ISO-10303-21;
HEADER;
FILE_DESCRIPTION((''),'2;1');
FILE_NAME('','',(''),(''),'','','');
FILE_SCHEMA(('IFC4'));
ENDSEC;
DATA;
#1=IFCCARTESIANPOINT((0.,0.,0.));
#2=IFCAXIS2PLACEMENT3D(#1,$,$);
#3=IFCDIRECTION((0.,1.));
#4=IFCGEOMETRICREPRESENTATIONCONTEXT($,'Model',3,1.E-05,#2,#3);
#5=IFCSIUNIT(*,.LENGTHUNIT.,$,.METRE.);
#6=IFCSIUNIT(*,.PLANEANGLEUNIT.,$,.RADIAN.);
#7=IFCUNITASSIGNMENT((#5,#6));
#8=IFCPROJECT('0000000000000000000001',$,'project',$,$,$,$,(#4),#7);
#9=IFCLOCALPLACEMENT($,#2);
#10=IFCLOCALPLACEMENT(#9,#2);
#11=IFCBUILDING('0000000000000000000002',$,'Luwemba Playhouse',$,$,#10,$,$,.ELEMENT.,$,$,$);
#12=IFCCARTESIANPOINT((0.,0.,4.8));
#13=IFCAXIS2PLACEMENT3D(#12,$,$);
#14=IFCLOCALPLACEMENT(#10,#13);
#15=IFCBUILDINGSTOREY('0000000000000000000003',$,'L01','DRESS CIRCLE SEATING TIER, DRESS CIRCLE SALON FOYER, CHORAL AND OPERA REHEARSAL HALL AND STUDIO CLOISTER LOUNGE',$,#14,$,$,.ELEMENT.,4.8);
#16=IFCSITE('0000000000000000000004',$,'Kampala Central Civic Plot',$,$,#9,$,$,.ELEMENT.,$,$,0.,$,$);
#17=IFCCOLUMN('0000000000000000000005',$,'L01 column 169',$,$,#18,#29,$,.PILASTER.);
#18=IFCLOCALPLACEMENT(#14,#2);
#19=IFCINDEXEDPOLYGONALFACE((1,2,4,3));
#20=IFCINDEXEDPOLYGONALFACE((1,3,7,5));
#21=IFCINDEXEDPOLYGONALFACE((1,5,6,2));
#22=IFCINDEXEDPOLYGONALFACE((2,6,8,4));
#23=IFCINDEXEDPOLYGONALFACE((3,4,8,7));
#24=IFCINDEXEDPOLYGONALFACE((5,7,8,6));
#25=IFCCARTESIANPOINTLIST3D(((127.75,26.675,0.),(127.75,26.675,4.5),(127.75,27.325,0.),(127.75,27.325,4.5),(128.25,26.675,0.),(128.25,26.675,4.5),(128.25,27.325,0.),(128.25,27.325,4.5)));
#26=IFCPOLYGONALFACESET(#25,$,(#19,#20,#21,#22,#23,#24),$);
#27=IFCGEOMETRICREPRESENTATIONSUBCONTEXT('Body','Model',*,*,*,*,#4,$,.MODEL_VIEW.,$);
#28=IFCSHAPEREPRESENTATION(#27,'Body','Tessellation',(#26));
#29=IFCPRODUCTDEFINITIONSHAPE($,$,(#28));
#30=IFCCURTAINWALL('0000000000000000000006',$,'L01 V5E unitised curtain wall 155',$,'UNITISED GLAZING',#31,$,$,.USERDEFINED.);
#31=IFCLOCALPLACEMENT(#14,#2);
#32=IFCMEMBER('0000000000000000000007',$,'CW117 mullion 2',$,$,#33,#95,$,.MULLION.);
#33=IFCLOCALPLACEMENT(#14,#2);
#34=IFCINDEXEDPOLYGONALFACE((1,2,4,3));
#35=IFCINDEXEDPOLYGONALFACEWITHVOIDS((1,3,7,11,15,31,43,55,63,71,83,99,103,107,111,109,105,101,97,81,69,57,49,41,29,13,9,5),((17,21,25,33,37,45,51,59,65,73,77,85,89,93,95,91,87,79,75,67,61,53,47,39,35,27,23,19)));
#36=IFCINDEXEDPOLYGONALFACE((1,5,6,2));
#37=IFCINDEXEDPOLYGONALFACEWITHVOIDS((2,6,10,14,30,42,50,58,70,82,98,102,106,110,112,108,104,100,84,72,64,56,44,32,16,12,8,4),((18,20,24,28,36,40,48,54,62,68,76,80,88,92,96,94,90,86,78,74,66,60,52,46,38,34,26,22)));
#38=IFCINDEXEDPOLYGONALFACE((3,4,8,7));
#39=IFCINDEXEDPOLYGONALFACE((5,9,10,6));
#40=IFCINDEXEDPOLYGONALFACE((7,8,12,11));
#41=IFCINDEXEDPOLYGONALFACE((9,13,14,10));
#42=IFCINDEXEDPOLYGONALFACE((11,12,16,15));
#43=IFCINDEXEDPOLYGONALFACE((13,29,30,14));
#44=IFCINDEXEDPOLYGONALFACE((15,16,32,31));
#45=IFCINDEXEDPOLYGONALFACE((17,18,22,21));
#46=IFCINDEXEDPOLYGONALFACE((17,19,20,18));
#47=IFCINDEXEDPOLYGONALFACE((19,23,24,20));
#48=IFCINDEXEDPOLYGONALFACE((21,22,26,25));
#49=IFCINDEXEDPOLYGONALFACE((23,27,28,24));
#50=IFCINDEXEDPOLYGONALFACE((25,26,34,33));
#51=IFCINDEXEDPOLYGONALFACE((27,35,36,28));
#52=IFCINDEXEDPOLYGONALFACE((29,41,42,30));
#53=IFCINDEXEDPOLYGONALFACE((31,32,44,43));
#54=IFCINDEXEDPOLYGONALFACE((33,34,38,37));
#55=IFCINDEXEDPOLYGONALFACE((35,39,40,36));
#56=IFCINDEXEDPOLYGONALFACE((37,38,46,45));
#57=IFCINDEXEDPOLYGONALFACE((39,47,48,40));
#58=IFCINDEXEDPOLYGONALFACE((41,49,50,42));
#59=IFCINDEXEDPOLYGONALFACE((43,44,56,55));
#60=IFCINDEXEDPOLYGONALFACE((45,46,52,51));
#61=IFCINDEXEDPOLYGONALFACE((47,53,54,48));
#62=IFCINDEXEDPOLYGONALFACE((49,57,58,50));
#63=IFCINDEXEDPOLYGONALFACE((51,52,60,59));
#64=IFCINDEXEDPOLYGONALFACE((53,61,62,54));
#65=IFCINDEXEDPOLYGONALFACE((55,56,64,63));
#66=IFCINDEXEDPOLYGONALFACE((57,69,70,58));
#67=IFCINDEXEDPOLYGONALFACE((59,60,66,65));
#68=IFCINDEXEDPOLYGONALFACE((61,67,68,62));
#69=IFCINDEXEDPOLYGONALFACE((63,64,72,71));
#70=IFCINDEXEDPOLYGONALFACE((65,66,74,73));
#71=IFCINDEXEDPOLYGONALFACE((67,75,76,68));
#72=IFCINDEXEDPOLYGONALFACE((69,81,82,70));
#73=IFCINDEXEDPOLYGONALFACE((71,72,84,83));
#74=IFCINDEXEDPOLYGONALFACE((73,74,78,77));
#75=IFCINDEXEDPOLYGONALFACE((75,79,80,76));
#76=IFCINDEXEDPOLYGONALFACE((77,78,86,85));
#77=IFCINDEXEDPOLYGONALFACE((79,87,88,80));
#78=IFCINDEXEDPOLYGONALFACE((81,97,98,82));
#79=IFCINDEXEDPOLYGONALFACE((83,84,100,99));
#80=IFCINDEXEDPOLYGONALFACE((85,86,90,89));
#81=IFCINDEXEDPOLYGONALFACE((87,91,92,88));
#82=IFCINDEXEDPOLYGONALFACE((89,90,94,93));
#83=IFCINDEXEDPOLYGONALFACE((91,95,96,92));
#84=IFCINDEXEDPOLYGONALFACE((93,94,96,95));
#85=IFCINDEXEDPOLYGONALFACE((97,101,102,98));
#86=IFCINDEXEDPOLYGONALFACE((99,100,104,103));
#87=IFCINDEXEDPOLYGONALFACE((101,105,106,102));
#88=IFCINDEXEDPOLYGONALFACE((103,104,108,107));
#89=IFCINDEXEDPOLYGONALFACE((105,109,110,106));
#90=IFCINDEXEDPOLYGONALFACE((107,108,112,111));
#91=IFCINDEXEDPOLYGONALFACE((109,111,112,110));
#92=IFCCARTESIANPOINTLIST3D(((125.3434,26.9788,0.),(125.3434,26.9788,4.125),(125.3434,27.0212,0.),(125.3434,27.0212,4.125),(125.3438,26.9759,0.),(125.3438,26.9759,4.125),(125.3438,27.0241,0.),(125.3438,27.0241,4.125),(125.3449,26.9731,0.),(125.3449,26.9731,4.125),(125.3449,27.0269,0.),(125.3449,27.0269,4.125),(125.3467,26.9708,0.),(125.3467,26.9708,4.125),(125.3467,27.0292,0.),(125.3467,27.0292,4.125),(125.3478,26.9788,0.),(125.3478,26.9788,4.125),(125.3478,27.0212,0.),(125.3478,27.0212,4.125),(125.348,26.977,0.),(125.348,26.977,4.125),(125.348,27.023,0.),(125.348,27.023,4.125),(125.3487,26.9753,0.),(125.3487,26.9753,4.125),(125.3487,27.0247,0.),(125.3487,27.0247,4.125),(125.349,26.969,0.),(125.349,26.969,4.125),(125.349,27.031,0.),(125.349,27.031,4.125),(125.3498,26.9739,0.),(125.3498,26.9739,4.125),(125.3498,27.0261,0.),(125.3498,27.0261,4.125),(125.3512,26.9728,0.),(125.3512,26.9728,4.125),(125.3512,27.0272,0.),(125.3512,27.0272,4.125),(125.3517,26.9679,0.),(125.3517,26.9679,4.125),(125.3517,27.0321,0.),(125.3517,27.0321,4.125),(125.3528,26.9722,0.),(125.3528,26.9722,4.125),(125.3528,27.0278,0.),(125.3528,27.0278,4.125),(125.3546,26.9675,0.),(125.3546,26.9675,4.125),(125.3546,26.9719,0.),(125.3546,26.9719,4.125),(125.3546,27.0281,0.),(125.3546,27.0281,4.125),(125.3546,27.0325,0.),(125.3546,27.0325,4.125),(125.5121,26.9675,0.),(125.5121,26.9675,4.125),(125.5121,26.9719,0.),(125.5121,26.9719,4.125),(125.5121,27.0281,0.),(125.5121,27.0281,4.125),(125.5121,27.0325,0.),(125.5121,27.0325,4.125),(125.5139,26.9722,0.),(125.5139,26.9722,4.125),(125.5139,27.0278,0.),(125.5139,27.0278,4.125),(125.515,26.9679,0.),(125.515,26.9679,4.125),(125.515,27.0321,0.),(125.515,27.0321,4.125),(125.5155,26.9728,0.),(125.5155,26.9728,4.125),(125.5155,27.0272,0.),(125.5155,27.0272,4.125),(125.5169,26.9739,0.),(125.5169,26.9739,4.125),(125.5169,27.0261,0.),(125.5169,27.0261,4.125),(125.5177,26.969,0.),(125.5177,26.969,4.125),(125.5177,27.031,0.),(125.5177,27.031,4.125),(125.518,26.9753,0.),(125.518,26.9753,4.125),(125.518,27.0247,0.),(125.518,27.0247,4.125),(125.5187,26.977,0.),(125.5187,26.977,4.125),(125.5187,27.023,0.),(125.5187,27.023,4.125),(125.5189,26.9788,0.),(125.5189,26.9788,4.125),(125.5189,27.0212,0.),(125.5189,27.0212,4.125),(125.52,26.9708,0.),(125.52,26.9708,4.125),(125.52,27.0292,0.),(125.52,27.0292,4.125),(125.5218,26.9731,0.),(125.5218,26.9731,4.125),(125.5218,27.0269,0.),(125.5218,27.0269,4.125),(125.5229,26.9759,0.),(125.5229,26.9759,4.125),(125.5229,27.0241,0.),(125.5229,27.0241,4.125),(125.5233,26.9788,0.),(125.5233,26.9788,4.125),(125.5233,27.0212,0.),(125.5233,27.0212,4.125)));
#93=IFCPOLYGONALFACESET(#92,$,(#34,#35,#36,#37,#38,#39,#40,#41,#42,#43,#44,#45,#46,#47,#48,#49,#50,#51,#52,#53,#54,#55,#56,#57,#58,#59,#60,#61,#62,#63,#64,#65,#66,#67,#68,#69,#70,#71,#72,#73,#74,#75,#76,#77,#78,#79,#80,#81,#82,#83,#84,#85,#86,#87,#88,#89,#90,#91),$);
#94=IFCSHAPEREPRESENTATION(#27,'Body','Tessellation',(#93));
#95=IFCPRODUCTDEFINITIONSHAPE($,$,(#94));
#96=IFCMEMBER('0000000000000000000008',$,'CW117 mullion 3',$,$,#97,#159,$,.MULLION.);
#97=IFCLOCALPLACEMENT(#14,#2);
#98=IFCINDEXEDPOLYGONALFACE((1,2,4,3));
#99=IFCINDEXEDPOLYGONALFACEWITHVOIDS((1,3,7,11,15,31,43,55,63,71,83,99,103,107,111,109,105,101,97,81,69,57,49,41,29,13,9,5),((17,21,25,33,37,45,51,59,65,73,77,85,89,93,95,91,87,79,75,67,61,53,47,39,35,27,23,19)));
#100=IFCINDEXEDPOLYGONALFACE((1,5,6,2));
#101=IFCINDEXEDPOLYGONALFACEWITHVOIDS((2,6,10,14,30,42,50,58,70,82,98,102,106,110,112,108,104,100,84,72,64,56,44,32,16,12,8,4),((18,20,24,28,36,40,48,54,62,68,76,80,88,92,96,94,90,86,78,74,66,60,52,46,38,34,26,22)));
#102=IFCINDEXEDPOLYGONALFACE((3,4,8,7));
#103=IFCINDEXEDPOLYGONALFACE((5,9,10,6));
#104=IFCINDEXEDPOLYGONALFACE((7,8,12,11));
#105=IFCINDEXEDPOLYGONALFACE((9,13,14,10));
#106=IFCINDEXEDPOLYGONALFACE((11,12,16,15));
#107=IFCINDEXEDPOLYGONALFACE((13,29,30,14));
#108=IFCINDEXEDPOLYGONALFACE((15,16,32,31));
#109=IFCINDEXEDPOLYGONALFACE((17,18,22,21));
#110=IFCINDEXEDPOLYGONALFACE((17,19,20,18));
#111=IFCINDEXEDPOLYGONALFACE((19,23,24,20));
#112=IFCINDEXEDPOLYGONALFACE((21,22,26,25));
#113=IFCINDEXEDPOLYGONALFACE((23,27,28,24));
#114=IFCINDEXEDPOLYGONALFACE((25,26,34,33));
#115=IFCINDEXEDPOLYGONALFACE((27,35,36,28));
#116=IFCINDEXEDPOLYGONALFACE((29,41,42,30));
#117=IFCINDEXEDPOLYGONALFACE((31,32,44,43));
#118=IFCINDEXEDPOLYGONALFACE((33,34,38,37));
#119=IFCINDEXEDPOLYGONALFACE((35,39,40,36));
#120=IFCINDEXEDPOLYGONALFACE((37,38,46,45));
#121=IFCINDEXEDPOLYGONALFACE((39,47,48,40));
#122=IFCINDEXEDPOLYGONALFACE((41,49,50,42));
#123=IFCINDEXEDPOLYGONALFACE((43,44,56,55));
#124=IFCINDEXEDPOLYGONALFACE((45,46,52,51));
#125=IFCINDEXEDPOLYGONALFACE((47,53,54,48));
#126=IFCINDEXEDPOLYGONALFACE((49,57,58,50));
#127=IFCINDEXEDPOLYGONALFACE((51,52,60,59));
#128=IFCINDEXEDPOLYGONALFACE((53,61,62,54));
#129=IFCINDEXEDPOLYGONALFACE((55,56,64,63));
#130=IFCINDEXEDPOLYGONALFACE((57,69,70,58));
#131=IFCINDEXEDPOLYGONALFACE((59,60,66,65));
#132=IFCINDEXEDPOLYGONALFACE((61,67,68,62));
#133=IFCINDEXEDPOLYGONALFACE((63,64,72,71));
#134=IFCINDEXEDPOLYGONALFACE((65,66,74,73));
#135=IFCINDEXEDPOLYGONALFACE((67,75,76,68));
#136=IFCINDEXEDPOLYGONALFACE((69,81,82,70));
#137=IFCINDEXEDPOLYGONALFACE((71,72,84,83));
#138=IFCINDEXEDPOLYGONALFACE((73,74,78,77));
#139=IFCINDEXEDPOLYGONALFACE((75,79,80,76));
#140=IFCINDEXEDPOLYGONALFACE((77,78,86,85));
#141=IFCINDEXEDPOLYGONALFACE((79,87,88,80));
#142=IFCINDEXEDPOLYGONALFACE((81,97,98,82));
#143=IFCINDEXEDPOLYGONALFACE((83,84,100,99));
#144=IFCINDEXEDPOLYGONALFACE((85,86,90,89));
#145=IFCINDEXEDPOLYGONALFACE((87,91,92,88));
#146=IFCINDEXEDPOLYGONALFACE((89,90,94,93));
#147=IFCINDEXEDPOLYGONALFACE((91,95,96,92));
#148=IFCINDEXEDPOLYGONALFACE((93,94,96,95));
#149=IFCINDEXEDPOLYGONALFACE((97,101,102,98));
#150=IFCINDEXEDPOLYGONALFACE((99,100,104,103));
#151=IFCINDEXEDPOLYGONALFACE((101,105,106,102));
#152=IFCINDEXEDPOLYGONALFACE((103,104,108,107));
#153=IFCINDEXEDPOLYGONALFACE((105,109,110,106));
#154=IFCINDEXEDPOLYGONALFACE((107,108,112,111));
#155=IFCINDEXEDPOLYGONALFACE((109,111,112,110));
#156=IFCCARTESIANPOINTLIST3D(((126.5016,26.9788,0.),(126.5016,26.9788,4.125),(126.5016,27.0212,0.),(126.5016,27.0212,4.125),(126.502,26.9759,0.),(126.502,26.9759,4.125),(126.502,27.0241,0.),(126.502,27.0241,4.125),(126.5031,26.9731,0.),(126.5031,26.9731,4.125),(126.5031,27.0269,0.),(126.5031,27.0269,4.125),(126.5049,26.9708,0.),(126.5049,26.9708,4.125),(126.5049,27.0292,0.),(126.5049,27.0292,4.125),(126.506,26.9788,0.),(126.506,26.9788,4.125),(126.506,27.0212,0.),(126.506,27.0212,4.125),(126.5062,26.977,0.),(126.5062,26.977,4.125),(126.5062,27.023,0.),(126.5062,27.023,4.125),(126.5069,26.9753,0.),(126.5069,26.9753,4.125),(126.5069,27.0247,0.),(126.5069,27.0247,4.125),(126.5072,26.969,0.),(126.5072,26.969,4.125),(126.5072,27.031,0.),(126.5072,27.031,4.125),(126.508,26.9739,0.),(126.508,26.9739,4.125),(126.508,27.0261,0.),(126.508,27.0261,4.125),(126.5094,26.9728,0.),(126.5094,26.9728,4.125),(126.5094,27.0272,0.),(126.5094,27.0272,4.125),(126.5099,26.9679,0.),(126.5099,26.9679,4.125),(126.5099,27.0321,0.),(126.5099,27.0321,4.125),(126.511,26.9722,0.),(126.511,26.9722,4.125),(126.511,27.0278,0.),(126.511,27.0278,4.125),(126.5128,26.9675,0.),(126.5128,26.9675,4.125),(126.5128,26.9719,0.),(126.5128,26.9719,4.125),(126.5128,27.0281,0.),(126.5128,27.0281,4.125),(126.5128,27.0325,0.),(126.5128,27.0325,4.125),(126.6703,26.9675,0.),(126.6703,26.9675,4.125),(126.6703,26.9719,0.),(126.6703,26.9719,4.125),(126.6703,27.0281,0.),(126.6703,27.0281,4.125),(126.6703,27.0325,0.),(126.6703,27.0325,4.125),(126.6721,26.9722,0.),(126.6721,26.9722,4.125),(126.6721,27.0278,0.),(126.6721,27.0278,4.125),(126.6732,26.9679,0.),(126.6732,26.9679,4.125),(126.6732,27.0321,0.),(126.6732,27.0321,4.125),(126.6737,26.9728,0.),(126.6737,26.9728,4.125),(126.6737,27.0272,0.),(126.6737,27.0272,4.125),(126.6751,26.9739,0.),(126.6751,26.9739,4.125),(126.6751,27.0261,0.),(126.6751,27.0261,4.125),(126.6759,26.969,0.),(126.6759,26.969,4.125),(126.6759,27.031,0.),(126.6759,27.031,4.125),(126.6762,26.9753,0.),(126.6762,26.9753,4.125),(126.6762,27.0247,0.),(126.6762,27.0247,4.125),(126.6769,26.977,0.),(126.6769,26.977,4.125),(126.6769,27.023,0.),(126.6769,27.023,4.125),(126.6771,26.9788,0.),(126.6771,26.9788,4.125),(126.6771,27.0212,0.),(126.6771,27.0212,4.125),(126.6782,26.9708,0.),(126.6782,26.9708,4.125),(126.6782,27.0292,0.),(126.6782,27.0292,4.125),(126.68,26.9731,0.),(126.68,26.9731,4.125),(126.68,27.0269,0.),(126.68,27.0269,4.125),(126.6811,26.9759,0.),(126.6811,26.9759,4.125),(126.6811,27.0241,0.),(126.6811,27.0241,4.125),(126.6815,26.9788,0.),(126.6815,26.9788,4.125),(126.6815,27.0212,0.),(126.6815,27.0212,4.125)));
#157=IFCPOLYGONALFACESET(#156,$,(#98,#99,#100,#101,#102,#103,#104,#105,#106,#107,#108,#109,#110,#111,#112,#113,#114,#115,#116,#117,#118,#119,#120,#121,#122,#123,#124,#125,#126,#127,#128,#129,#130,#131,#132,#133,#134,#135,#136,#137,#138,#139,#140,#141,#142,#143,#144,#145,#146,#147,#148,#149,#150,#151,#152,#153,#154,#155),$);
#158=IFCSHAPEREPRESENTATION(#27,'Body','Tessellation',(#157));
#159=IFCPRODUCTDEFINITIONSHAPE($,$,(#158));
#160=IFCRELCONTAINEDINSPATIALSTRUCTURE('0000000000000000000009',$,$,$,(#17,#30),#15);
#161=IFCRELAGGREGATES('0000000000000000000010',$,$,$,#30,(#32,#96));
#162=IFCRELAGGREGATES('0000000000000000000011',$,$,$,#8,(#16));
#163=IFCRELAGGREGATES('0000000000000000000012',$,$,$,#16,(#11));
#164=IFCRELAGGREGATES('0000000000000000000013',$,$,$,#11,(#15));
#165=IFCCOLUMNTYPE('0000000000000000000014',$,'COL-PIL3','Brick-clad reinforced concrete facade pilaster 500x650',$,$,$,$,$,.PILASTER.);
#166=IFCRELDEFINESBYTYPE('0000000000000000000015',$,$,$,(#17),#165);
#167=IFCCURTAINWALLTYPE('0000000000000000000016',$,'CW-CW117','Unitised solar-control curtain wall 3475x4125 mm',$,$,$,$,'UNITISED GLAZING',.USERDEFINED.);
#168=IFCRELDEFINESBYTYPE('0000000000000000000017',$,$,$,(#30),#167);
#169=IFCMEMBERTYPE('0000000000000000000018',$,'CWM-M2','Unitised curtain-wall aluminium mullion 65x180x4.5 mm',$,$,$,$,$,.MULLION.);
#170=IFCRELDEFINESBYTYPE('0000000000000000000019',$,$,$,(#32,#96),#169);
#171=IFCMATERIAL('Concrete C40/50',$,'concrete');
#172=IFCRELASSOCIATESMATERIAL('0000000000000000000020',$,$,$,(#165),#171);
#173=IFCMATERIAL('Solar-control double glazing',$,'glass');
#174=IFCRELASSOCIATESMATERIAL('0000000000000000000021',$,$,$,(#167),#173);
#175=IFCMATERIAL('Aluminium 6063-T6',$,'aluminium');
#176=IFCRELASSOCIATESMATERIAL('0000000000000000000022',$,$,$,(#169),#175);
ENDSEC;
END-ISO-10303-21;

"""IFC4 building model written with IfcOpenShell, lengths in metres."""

from ifc_helpers import new_model, si_unit, direction, frame, origin, origin_2d, place, context, subcontext, project, spatial, rectangle, hollow_rectangle, extrude, material, material_profile, profile_set, type_object, element, aggregate, save


model = new_model("IFC4")

# Units and contexts
model_context = context("Model", 3, precision=1e-05, world=origin(), true_north=direction((0.0, 1.0)))
body_context = subcontext(model_context, "Body", "Model", "MODEL_VIEW")
ifc_project = project(units=[si_unit("LENGTHUNIT", "METRE"), si_unit("PLANEANGLEUNIT", "RADIAN")], contexts=[model_context])

# Site, building, storey
site_placement = place(None, origin())
site = spatial("IfcSite", under=ifc_project, at=site_placement, Name="Kampala Central Civic Plot", CompositionType="ELEMENT", RefElevation=0.0)
building_placement = place(site_placement, origin())
building = spatial("IfcBuilding", under=site, at=building_placement, Name="Luwemba Playhouse", CompositionType="ELEMENT")
storey_placement = place(building_placement, frame((0.0, 0.0, 4.8)))
storey = spatial("IfcBuildingStorey", under=building, at=storey_placement, Name="L01", Description="DRESS CIRCLE SEATING TIER, DRESS CIRCLE SALON FOYER, CHORAL AND OPERA REHEARSAL HALL AND STUDIO CLOISTER LOUNGE", CompositionType="ELEMENT", Elevation=4.8)

# Column
ifc_material_1 = material(Name="Concrete C40/50", Category="concrete")
ifc_material_profile_1 = material_profile(ifc_material_1, rectangle(XDim=0.5, YDim=0.6499, at=origin_2d()))
ifc_profile_set_1 = profile_set([ifc_material_profile_1], Name="Concrete C40/50")
column_type = type_object("IfcColumnType", Name="COL-PIL3", Description="Brick-clad reinforced concrete facade pilaster 500x650", PredefinedType="PILASTER", material=ifc_profile_set_1)
column_placement = place(storey_placement, frame((128.0, 27.0, 0.0), z_axis=(0.0, 0.0, 1.0), x_axis=(1.0, 0.0, 0.0)))
element("IfcColumn", 1, at=column_placement, inside=storey, type_object=column_type, Name="L01 column 169", PredefinedType="PILASTER", context=body_context, shape_type="SweptSolid", body=[
    extrude(rectangle(XDim=0.5, YDim=0.6499, at=origin_2d()), origin(), (0.0, 0.0, 1.0), 4.5),
])

# Curtain wall, members
ifc_material_2 = material(Name="Solar-control double glazing", Category="glass")
curtain_wall_type_1 = type_object("IfcCurtainWallType", Name="CW-CW117", Description="Unitised solar-control curtain wall 3475x4125 mm", ElementType="UNITISED GLAZING", PredefinedType="USERDEFINED", material=ifc_material_2)
curtain_wall_1_placement = place(storey_placement, origin())
curtain_wall_1 = element("IfcCurtainWall", 2, at=curtain_wall_1_placement, inside=storey, type_object=curtain_wall_type_1, Name="L01 V5E unitised curtain wall 155", ObjectType="UNITISED GLAZING", PredefinedType="USERDEFINED")
ifc_material_3 = material(Name="Aluminium 6063-T6", Category="aluminium")
ifc_material_profile_2 = material_profile(ifc_material_3, hollow_rectangle(XDim=0.0649, YDim=0.1799, WallThickness=0.0044, InnerFilletRadius=0.0068, OuterFilletRadius=0.0112, at=origin_2d()))
ifc_profile_set_2 = profile_set([ifc_material_profile_2], Name="Aluminium 6063-T6")
member_type_1 = type_object("IfcMemberType", Name="CWM-M2", Description="Unitised curtain-wall aluminium mullion 65x180x4.5 mm", PredefinedType="MULLION", material=ifc_profile_set_2)
member_1_placement = place(storey_placement, frame((125.4333, 27.0, 0.0), z_axis=(0.0, 0.0, 1.0), x_axis=(0.0, 1.0, 0.0)))
member_1 = element("IfcMember", 3, at=member_1_placement, type_object=member_type_1, Name="CW117 mullion 2", PredefinedType="MULLION", context=body_context, shape_type="SweptSolid", body=[
    extrude(hollow_rectangle(XDim=0.0649, YDim=0.1799, WallThickness=0.0044, InnerFilletRadius=0.0068, OuterFilletRadius=0.0112, at=origin_2d()), origin(), (0.0, 0.0, 1.0), 4.125),
])
member_2_placement = place(storey_placement, frame((126.5916, 27.0, 0.0), z_axis=(0.0, 0.0, 1.0), x_axis=(0.0, 1.0, 0.0)))
member_2 = element("IfcMember", 4, at=member_2_placement, type_object=member_type_1, Name="CW117 mullion 3", PredefinedType="MULLION", context=body_context, shape_type="SweptSolid", body=[
    extrude(hollow_rectangle(XDim=0.0649, YDim=0.1799, WallThickness=0.0044, InnerFilletRadius=0.0068, OuterFilletRadius=0.0112, at=origin_2d()), origin(), (0.0, 0.0, 1.0), 4.125),
])

aggregate(curtain_wall_1, [member_1, member_2])

save(model, "model.ifc")
